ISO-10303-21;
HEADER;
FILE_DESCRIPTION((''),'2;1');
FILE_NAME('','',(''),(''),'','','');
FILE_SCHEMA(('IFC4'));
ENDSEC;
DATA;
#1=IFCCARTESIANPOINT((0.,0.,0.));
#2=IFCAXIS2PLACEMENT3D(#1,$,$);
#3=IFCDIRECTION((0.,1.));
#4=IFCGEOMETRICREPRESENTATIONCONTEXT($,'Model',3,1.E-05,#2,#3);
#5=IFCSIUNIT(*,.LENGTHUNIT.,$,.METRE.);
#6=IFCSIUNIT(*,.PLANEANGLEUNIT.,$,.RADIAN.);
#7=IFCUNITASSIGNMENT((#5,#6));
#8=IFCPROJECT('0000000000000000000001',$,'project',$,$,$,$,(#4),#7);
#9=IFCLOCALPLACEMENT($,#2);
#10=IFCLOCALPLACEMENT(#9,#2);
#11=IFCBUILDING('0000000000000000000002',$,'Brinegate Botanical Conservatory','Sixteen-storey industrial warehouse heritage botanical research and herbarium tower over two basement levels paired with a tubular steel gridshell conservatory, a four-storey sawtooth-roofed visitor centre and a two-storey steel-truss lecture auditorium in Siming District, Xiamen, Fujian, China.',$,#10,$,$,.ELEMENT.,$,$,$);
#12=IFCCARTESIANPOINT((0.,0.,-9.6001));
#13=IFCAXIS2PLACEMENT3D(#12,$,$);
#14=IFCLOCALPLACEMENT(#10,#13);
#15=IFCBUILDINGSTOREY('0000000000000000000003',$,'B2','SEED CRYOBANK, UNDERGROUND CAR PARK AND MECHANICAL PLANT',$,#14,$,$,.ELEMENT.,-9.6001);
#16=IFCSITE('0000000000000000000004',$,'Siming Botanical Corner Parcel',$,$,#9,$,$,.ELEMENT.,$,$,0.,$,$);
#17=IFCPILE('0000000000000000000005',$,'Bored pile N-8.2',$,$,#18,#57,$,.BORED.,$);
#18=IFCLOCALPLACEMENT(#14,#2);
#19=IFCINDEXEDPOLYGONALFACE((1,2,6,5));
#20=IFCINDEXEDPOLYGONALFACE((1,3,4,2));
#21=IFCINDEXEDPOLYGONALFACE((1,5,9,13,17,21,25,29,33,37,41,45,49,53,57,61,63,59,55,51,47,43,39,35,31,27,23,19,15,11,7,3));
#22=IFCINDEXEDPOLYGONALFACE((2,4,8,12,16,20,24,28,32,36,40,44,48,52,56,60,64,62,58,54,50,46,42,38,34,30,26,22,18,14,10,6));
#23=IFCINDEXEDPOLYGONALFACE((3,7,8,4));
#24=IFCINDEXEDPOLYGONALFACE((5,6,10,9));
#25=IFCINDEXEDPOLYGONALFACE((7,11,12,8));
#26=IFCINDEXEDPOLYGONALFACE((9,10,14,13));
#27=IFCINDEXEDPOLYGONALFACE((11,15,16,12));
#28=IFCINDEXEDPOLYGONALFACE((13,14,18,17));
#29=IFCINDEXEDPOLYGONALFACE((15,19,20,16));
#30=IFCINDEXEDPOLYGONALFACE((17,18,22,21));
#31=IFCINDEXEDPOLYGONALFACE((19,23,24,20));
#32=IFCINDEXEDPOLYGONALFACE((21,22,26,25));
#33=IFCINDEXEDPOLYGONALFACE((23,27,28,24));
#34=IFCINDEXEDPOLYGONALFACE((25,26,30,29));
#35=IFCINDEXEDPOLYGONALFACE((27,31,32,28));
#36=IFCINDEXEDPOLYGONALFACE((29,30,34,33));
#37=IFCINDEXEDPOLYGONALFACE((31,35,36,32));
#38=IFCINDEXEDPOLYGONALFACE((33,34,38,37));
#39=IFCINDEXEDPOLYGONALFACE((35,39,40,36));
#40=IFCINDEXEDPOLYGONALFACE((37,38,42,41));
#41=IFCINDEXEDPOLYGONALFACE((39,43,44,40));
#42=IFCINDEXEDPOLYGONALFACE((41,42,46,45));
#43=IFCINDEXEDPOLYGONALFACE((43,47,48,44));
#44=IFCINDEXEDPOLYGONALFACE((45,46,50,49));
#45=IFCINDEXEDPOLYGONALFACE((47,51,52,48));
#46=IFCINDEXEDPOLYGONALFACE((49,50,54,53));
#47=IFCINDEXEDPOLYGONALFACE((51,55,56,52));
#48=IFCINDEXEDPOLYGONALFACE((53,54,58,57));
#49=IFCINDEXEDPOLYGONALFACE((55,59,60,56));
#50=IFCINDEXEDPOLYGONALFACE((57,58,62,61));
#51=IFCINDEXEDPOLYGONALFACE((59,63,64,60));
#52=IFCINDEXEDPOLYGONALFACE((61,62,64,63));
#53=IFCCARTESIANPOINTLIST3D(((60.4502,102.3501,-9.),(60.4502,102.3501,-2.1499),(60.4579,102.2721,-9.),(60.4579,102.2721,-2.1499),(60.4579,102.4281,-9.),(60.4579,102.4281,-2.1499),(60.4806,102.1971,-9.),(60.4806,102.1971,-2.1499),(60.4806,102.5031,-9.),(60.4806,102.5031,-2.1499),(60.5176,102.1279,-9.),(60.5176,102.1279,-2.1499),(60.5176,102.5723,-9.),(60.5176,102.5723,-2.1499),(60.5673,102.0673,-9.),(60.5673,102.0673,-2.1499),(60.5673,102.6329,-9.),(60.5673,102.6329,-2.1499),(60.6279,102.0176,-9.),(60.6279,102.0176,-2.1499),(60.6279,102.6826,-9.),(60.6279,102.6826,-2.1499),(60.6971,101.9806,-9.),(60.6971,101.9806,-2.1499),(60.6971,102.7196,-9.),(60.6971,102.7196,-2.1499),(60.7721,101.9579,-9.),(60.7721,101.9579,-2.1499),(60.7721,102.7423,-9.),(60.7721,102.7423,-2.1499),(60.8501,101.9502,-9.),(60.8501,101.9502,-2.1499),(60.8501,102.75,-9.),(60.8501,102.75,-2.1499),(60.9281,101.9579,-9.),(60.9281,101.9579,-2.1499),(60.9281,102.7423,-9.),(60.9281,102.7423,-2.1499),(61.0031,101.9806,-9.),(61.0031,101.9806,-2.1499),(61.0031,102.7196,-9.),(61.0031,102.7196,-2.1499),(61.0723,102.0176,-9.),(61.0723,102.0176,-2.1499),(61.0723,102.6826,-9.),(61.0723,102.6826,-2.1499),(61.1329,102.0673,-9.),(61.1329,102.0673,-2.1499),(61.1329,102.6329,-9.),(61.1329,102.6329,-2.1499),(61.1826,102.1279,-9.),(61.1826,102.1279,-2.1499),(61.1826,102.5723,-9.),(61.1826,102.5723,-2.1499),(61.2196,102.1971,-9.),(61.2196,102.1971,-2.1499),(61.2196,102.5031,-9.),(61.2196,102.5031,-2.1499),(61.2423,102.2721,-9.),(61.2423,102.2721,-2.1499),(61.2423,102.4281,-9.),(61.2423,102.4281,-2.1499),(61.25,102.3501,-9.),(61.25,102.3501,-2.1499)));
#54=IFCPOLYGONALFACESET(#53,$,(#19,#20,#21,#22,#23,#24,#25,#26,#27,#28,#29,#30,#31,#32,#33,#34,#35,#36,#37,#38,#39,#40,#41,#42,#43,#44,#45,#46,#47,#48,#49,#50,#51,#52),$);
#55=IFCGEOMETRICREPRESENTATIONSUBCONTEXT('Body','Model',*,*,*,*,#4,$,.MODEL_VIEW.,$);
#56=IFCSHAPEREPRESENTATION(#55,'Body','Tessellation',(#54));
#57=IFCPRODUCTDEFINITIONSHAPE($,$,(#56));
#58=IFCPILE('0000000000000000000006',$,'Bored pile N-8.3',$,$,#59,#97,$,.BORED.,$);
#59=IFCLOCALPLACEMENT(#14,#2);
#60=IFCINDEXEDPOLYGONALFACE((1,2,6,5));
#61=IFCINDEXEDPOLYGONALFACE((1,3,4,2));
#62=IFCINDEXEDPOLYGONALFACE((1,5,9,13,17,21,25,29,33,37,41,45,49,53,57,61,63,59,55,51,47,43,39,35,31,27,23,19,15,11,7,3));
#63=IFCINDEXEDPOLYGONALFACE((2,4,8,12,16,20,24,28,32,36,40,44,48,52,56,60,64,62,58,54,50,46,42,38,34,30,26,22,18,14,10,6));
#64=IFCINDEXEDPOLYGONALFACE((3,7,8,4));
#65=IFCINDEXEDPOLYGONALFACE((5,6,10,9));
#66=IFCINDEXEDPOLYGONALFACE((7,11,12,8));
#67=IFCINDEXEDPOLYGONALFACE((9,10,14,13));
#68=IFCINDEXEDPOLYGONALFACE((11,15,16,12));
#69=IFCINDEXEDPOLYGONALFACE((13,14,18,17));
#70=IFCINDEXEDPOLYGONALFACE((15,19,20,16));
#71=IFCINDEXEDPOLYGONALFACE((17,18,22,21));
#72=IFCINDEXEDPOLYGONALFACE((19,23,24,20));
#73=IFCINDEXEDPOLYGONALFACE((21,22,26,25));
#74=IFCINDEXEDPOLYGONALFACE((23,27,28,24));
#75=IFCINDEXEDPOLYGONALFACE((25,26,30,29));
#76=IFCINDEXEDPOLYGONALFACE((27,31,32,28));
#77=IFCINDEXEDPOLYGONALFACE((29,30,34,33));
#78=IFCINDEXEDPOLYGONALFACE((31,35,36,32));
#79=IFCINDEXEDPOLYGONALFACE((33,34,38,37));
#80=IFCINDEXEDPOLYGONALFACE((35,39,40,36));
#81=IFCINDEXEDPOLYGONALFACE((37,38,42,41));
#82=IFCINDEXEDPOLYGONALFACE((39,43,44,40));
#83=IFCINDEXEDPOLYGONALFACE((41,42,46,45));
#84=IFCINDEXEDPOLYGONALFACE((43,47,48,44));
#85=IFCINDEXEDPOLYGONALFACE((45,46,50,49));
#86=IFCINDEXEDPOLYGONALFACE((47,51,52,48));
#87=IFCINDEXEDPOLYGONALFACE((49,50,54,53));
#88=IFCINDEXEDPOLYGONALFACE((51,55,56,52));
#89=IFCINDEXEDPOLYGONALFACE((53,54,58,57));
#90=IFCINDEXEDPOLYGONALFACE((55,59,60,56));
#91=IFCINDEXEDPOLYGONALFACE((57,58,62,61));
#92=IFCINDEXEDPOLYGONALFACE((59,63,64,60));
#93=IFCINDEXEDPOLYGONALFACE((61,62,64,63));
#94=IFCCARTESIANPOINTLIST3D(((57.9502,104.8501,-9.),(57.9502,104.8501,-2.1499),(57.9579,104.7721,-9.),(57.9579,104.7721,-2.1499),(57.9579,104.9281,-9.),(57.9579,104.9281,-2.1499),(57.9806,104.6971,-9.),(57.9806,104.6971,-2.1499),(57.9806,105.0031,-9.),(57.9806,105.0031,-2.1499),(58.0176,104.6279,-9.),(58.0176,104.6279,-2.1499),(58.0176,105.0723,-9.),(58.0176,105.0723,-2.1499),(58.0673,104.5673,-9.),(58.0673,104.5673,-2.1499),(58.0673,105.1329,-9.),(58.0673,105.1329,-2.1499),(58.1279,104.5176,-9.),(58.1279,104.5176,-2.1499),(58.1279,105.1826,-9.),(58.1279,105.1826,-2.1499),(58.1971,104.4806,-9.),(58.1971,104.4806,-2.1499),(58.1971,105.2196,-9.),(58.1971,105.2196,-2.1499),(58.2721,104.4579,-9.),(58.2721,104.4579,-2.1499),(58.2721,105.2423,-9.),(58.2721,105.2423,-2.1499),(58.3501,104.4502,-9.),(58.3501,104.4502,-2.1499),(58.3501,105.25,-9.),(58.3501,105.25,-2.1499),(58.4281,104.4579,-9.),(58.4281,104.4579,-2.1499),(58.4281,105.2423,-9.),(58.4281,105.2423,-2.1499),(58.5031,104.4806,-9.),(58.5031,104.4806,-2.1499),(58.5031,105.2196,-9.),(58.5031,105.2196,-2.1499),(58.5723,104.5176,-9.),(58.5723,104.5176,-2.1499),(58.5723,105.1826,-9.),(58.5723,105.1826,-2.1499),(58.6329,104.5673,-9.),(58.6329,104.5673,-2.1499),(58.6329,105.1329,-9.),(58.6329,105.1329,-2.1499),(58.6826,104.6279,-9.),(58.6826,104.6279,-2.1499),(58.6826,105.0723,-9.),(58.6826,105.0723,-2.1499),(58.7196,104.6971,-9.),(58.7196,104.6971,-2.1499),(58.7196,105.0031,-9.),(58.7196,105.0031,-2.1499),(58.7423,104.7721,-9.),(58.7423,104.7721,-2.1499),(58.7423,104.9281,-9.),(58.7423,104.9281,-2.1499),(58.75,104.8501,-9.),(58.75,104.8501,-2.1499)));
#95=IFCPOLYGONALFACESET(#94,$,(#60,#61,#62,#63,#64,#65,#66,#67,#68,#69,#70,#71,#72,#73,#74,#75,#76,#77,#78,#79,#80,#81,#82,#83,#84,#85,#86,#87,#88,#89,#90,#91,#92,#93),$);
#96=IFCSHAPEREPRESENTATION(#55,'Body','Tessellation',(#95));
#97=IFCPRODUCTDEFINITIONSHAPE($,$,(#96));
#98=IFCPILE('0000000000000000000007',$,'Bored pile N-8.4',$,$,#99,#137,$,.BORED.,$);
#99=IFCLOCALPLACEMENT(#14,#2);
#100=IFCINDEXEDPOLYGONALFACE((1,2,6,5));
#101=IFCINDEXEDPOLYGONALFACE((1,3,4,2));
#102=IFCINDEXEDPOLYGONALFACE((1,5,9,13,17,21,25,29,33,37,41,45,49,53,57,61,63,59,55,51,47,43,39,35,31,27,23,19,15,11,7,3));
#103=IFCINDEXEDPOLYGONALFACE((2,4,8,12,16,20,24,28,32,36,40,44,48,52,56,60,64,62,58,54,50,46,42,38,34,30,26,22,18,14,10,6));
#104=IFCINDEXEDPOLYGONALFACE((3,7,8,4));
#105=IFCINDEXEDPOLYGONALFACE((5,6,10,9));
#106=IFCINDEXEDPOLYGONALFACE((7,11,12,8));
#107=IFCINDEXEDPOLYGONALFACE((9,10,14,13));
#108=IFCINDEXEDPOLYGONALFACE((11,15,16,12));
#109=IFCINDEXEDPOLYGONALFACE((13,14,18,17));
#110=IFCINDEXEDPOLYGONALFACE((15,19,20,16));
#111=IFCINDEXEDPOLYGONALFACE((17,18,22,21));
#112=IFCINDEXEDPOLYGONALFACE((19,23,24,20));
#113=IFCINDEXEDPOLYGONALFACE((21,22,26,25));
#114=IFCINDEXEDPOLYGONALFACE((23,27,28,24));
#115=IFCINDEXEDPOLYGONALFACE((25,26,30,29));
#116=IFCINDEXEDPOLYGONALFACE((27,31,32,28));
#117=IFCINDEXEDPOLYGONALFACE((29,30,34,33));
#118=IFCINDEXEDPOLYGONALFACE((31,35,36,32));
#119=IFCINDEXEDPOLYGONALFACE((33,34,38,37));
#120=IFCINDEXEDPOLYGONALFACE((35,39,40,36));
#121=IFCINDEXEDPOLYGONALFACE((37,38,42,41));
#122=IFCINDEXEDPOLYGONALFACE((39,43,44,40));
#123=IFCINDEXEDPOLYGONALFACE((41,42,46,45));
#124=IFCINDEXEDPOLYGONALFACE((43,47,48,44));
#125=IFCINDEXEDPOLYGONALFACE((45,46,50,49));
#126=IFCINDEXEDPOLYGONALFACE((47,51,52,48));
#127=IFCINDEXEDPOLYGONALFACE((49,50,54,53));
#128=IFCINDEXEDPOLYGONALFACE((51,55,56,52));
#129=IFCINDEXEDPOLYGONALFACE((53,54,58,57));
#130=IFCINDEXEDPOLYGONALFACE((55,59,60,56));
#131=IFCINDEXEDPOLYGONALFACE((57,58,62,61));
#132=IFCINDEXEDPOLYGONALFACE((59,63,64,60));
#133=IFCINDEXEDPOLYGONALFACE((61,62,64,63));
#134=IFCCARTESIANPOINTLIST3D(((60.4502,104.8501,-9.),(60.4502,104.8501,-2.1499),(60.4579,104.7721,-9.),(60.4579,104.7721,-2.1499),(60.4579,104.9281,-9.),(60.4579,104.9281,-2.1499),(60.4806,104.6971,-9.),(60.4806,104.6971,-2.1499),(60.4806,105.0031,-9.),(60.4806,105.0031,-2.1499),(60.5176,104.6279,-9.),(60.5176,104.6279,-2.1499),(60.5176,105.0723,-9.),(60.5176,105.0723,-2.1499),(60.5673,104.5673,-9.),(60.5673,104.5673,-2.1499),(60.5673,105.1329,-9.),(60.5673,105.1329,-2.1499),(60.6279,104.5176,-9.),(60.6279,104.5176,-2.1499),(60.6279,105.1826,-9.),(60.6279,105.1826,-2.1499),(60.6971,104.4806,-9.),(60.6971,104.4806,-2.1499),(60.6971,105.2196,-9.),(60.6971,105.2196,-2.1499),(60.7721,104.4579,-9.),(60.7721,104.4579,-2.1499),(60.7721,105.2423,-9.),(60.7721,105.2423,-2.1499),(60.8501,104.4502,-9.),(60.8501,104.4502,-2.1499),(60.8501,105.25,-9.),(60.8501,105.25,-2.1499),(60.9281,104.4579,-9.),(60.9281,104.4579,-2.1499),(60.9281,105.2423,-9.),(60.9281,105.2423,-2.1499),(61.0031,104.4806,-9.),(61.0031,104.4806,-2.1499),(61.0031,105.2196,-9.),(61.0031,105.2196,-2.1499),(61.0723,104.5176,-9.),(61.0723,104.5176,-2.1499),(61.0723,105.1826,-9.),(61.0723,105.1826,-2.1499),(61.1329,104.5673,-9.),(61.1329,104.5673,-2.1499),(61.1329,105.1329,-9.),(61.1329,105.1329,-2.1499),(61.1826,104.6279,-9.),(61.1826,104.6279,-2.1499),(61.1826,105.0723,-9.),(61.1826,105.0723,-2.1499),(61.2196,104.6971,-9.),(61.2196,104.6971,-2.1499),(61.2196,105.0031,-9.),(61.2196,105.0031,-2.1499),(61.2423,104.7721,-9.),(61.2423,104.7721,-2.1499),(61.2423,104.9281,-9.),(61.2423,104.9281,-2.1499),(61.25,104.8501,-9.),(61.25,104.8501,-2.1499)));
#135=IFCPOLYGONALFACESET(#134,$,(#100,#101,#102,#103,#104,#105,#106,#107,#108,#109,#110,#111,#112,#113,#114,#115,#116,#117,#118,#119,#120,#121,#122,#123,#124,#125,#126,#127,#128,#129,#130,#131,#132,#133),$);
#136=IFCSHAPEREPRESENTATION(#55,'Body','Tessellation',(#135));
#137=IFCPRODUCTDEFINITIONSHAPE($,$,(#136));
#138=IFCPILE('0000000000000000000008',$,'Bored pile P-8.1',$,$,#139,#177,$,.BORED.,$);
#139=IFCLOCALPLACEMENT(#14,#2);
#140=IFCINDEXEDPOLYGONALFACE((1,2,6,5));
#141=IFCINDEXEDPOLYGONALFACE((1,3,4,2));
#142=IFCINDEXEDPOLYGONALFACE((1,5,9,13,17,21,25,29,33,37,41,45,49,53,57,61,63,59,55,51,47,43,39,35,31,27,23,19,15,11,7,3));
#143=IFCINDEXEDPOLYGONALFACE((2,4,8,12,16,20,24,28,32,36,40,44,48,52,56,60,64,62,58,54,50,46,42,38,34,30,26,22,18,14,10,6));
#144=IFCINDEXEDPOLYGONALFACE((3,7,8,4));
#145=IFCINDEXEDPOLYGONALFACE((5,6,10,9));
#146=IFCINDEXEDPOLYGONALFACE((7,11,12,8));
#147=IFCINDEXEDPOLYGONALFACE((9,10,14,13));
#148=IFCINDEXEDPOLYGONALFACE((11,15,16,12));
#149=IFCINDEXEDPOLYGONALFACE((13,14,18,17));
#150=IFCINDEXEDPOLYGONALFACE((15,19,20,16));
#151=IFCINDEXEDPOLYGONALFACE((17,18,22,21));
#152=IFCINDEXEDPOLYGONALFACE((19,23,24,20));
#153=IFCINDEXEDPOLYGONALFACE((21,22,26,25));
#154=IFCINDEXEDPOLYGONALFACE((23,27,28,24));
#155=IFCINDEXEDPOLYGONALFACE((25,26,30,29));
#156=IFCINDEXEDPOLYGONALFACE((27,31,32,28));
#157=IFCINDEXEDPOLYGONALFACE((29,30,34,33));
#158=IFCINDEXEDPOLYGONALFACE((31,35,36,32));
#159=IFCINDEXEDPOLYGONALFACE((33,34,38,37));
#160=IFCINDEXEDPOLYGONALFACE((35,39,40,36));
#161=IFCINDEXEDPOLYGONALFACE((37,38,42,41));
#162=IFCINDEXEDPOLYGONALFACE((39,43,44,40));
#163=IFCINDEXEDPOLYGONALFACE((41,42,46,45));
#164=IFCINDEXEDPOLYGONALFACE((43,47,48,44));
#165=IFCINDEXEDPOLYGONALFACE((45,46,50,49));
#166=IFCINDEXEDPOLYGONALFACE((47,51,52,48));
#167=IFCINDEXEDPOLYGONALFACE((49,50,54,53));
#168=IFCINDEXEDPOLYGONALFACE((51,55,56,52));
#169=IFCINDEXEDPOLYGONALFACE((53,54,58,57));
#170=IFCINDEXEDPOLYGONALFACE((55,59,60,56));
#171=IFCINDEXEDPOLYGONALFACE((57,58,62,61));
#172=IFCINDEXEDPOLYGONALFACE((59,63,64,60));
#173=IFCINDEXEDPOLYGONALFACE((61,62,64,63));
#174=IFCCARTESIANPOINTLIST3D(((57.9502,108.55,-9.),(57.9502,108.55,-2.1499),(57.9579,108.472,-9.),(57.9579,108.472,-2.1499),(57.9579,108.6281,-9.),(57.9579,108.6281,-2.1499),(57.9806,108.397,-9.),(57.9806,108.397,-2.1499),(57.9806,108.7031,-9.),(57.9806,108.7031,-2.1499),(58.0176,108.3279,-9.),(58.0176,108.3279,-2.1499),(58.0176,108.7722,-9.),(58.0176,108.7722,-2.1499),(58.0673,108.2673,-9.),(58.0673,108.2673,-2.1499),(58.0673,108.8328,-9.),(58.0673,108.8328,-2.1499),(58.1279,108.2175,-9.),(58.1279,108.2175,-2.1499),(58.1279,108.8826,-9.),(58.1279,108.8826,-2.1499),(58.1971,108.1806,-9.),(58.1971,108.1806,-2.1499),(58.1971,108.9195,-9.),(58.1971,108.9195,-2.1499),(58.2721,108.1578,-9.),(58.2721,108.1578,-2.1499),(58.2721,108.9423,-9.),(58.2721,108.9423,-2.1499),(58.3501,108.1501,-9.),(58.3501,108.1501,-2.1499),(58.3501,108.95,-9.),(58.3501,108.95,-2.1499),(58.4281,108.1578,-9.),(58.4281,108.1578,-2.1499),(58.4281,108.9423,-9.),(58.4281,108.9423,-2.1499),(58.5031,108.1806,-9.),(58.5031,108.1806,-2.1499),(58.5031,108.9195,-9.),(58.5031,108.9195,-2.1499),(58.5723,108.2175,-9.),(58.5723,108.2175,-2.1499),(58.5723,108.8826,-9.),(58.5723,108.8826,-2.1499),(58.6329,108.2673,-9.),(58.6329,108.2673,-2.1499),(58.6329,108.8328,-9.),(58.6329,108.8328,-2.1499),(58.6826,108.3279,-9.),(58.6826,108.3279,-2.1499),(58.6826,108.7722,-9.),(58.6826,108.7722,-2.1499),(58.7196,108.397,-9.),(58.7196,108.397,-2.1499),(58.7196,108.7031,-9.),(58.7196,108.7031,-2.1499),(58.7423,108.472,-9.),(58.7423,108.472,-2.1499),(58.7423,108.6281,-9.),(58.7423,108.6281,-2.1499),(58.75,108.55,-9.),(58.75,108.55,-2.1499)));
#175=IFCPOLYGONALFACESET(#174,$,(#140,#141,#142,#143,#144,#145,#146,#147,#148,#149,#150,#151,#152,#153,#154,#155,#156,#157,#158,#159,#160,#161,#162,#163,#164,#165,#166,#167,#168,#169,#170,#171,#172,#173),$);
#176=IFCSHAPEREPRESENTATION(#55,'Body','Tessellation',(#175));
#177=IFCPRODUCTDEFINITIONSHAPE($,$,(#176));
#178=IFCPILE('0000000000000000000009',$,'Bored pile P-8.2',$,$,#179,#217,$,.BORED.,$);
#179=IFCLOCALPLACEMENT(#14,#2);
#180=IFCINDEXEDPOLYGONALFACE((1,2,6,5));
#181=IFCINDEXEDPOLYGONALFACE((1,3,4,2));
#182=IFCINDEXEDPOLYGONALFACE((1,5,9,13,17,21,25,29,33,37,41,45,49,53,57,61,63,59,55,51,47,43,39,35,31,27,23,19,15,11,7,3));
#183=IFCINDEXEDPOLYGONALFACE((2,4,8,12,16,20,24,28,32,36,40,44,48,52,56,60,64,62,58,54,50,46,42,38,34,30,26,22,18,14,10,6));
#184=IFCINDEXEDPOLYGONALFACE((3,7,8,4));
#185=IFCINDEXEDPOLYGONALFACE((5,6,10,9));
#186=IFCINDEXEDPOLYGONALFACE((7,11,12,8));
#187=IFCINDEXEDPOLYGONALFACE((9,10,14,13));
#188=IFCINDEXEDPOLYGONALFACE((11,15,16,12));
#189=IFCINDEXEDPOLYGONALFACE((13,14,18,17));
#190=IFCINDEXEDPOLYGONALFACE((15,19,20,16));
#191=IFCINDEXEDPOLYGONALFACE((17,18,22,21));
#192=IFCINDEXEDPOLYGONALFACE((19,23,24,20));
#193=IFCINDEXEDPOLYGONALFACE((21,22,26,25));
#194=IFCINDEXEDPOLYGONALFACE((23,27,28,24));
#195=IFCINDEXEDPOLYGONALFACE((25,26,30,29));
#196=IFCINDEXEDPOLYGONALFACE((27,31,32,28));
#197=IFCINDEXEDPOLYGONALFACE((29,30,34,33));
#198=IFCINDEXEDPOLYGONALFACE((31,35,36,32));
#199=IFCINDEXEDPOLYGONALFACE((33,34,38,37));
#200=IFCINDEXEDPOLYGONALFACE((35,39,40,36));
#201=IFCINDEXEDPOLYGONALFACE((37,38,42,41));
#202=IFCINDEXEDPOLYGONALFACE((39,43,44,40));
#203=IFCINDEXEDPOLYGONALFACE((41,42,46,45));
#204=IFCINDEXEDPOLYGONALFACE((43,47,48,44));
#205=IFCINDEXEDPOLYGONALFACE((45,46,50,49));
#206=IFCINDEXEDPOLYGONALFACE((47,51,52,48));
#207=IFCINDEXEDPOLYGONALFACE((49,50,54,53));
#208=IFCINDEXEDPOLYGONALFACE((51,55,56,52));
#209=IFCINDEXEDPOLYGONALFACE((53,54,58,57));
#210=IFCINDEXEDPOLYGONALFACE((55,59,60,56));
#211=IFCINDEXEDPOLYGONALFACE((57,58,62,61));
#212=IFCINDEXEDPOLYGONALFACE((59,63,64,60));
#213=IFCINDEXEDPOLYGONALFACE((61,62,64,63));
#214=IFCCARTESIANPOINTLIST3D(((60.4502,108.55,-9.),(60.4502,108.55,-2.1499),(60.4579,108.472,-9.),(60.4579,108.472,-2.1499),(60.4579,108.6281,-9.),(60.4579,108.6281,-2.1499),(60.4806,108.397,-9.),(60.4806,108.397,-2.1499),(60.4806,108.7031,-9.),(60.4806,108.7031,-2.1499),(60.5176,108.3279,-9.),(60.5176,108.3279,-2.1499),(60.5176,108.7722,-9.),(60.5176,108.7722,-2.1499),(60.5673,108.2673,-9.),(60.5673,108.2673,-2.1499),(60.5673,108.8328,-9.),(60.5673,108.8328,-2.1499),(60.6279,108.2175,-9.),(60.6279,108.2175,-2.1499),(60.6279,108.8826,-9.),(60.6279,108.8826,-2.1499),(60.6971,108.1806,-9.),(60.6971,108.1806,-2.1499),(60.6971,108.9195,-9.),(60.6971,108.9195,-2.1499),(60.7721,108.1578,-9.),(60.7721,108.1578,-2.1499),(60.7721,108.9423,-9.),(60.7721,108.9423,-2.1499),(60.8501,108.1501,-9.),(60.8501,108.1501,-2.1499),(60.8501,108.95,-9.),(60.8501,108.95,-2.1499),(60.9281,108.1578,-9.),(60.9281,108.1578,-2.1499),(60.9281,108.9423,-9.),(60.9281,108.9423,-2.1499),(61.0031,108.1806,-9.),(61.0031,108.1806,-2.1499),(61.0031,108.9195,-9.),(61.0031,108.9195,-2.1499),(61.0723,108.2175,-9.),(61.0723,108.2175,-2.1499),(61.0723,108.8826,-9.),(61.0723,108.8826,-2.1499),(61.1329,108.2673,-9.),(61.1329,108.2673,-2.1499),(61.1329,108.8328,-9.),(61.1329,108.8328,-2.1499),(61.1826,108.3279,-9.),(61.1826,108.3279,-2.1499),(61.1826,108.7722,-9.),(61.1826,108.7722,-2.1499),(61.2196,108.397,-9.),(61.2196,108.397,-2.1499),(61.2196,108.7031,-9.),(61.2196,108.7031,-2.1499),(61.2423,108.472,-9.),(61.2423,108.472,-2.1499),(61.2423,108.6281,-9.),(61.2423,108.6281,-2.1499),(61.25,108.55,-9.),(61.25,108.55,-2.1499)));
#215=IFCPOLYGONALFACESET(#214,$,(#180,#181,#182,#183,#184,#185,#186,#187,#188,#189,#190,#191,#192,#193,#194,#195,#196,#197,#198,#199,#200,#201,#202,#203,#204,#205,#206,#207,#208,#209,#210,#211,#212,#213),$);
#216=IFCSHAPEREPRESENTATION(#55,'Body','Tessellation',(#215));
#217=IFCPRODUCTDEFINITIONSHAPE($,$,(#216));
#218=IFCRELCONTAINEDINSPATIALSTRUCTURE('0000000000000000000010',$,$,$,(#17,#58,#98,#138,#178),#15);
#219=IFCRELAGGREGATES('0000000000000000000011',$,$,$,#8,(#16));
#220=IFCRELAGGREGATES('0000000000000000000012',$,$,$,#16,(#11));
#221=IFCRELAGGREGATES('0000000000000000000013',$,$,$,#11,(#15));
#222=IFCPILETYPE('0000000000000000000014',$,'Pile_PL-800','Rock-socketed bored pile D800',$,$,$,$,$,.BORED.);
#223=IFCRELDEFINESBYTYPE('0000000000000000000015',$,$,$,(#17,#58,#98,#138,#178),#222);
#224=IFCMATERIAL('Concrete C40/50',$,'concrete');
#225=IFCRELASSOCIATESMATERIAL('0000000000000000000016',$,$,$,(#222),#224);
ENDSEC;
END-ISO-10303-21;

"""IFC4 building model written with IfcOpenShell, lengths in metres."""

from ifc_helpers import new_model, si_unit, direction, frame, origin, origin_2d, place, context, subcontext, project, spatial, circle, extrude, material, material_profile, profile_set, type_object, element, save


model = new_model("IFC4")

# Units and contexts
model_context = context("Model", 3, precision=1e-05, world=origin(), true_north=direction((0.0, 1.0)))
body_context = subcontext(model_context, "Body", "Model", "MODEL_VIEW")
ifc_project = project(units=[si_unit("LENGTHUNIT", "METRE"), si_unit("PLANEANGLEUNIT", "RADIAN")], contexts=[model_context])

# Site, building, storey
site_placement = place(None, origin())
site = spatial("IfcSite", under=ifc_project, at=site_placement, Name="Siming Botanical Corner Parcel", CompositionType="ELEMENT", RefElevation=0.0)
building_placement = place(site_placement, origin())
building = spatial("IfcBuilding", under=site, at=building_placement, Name="Brinegate Botanical Conservatory", Description="Sixteen-storey industrial warehouse heritage botanical research and herbarium tower over two basement levels paired with a tubular steel gridshell conservatory, a four-storey sawtooth-roofed visitor centre and a two-storey steel-truss lecture auditorium in Siming District, Xiamen, Fujian, China.", CompositionType="ELEMENT")
storey_placement = place(building_placement, frame((0.0, 0.0, -9.6001)))
storey = spatial("IfcBuildingStorey", under=building, at=storey_placement, Name="B2", Description="SEED CRYOBANK, UNDERGROUND CAR PARK AND MECHANICAL PLANT", CompositionType="ELEMENT", Elevation=-9.6001)

# Shared definitions
ifc_material = material(Name="Concrete C40/50", Category="concrete")

# Piles
ifc_material_profile_1 = material_profile(ifc_material, circle(Radius=0.3999, at=origin_2d()), Name="PILE D800")
ifc_profile_set_1 = profile_set([ifc_material_profile_1], Name="Concrete C40/50")
pile_type = type_object("IfcPileType", Name="Pile_PL-800", Description="Rock-socketed bored pile D800", PredefinedType="BORED", material=ifc_profile_set_1)
for number, where, z_axis, x_axis, name in (
    (1, (60.8501, 102.3501, -2.1499), (0.0, 0.0, -1.0), (1.0, 0.0, 0.0), "Bored pile N-8.2"),
    (2, (58.3501, 104.8501, -2.1499), (0.0, 0.0, -1.0), (1.0, 0.0, 0.0), "Bored pile N-8.3"),
    (3, (60.8501, 104.8501, -2.1499), (0.0, 0.0, -1.0), (1.0, 0.0, 0.0), "Bored pile N-8.4"),
    (4, (58.3501, 108.55, -2.1499), (0.0, 0.0, -1.0), (1.0, 0.0, 0.0), "Bored pile P-8.1"),
    (5, (60.8501, 108.55, -2.1499), (0.0, 0.0, -1.0), (1.0, 0.0, 0.0), "Bored pile P-8.2"),
):
    element("IfcPile", number, at=place(storey_placement, frame(where, z_axis=z_axis, x_axis=x_axis)), inside=storey, type_object=pile_type, Name=name, PredefinedType="BORED", context=body_context, shape_type="SweptSolid", body=[
        extrude(circle(Radius=0.3999, at=origin_2d()), origin(), (0.0, 0.0, 1.0), 6.8501),
    ])

save(model, "model.ifc")
